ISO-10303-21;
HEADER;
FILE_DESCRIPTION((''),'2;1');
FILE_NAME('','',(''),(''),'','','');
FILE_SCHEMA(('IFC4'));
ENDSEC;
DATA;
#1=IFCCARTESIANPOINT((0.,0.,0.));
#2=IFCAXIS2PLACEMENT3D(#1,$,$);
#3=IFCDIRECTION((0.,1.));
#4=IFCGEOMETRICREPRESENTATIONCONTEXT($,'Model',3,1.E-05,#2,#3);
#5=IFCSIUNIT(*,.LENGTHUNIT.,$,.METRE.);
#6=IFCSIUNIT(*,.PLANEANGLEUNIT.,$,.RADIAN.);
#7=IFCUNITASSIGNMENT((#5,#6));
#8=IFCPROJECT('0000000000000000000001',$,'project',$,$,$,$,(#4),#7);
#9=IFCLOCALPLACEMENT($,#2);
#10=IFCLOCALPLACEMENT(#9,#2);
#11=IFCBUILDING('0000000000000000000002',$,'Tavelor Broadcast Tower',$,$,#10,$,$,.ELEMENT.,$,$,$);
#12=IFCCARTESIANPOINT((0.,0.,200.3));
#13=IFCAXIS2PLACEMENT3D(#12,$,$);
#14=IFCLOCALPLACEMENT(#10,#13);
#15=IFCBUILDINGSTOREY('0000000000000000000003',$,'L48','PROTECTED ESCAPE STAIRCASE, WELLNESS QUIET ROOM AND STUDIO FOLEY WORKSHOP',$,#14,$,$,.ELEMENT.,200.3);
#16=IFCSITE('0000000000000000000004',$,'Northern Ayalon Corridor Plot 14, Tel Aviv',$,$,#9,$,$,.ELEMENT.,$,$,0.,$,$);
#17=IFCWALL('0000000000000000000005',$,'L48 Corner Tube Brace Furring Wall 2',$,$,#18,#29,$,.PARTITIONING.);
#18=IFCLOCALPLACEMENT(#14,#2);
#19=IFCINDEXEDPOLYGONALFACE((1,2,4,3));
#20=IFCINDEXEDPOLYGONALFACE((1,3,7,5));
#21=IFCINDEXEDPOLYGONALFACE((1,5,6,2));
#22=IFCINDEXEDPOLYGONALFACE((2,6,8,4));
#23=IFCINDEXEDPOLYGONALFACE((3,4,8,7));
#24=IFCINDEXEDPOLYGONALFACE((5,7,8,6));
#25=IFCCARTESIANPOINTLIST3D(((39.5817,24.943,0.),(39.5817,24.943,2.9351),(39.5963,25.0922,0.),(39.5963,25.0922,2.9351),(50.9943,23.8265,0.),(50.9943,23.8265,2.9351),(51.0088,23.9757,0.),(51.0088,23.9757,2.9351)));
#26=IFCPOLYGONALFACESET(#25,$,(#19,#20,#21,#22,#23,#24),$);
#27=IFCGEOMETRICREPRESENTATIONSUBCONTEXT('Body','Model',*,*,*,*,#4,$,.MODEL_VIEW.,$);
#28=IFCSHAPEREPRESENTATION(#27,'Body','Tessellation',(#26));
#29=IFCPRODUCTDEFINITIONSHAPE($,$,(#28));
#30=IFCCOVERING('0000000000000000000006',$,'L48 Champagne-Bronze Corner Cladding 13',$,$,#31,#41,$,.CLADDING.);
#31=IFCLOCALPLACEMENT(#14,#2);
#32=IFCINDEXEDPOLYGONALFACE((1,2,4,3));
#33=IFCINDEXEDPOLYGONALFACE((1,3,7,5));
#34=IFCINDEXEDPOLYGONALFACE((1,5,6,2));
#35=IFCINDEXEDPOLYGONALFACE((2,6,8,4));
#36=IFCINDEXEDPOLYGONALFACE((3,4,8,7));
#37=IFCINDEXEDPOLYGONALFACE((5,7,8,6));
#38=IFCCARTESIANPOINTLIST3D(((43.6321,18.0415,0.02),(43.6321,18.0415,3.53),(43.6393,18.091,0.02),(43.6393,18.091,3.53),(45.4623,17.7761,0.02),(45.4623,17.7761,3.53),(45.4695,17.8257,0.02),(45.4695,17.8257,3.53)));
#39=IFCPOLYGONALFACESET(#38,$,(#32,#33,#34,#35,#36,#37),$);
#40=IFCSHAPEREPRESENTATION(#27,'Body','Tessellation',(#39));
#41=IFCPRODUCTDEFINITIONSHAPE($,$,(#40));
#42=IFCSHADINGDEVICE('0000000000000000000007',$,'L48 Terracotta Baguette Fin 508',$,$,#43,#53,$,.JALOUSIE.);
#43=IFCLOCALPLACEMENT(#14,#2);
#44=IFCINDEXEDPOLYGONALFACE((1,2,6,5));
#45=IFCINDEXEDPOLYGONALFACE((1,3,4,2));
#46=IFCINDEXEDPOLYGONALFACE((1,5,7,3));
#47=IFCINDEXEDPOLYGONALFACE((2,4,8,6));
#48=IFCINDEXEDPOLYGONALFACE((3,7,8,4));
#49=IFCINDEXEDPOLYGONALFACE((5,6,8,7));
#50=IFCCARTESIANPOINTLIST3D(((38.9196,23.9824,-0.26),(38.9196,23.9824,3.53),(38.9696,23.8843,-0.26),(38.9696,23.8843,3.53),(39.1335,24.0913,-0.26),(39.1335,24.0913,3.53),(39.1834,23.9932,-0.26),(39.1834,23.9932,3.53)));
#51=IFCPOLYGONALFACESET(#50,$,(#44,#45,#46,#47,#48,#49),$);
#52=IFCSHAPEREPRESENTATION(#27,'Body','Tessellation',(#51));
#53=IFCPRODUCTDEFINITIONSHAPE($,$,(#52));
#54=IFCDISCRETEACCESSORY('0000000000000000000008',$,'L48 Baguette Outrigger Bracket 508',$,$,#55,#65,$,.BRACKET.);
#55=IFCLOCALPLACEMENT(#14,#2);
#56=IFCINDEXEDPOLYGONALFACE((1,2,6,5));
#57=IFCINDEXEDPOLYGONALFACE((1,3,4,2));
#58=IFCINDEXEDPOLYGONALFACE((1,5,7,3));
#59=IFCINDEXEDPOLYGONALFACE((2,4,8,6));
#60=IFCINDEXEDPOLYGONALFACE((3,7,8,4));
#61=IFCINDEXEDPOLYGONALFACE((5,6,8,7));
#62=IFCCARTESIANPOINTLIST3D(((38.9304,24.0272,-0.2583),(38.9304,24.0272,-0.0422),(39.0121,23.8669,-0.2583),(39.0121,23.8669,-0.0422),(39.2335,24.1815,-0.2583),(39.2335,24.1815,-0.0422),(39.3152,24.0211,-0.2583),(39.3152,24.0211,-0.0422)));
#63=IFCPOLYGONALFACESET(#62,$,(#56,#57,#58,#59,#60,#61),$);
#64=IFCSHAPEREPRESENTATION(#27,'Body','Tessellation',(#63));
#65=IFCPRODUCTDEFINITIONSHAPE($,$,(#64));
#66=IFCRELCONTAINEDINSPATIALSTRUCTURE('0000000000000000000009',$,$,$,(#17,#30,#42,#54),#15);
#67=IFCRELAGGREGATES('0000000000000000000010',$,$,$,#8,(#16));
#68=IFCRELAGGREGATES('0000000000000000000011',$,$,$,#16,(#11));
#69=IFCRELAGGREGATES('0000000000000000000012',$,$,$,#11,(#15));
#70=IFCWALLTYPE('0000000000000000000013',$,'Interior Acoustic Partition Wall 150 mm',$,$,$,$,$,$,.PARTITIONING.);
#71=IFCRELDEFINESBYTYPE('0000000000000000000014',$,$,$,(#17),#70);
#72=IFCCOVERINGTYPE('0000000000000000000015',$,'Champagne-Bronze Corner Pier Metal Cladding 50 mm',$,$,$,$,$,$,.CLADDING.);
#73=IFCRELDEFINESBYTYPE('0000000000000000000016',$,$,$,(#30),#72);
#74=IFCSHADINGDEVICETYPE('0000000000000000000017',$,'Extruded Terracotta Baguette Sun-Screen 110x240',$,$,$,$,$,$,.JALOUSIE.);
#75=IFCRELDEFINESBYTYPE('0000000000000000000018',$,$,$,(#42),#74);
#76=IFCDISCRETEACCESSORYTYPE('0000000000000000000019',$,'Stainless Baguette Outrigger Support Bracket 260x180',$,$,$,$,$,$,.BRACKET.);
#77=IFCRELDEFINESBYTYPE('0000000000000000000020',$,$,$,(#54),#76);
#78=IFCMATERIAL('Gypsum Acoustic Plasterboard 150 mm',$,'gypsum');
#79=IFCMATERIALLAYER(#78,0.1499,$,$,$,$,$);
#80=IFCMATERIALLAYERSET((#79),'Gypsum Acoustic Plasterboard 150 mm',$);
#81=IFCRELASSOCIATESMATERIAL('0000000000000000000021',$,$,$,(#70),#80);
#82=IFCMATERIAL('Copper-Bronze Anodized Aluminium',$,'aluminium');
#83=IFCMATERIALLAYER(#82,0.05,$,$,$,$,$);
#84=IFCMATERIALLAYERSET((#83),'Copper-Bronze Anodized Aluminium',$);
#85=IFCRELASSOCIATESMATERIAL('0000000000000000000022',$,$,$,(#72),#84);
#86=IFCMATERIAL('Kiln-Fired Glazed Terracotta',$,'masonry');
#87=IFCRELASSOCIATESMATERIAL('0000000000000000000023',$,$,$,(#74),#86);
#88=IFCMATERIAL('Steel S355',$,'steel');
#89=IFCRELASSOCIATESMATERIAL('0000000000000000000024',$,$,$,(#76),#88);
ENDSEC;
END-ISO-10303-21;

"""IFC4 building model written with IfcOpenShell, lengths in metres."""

from ifc_helpers import new_model, si_unit, direction, frame, frame_2d, origin, origin_2d, place, context, subcontext, project, spatial, rectangle, extrude, source, transform, mapped, material, layer, layer_set, type_object, type_shapes, element, save


model = new_model("IFC4")

# Units and contexts
model_context = context("Model", 3, precision=1e-05, world=origin(), true_north=direction((0.0, 1.0)))
body_context = subcontext(model_context, "Body", "Model", "MODEL_VIEW")
ifc_project = project(units=[si_unit("LENGTHUNIT", "METRE"), si_unit("PLANEANGLEUNIT", "RADIAN")], contexts=[model_context])

# Site, building, storey
site_placement = place(None, origin())
site = spatial("IfcSite", under=ifc_project, at=site_placement, Name="Northern Ayalon Corridor Plot 14, Tel Aviv", CompositionType="ELEMENT", RefElevation=0.0)
building_placement = place(site_placement, origin())
building = spatial("IfcBuilding", under=site, at=building_placement, Name="Tavelor Broadcast Tower", CompositionType="ELEMENT")
storey_placement = place(building_placement, frame((0.0, 0.0, 200.3)))
storey = spatial("IfcBuildingStorey", under=building, at=storey_placement, Name="L48", Description="PROTECTED ESCAPE STAIRCASE, WELLNESS QUIET ROOM AND STUDIO FOLEY WORKSHOP", CompositionType="ELEMENT", Elevation=200.3)

# Shared definitions
ifc_material_1 = material(Name="Steel S355", Category="steel")

# Wall
ifc_material_2 = material(Name="Gypsum Acoustic Plasterboard 150 mm", Category="gypsum")
ifc_layer_1 = layer(ifc_material_2, 0.1499)
ifc_layer_set_1 = layer_set([ifc_layer_1], Name="Gypsum Acoustic Plasterboard 150 mm")
wall_type_1 = type_object("IfcWallType", Name="Interior Acoustic Partition Wall 150 mm", PredefinedType="PARTITIONING", material=ifc_layer_set_1)
wall_1_placement = place(storey_placement, frame((39.5891, 25.0176, 0.0), z_axis=(0.0, 0.0, 1.0), x_axis=(0.995249, -0.097362, 0.0)))
element("IfcWall", 1, at=wall_1_placement, inside=storey, type_object=wall_type_1, Name="L48 Corner Tube Brace Furring Wall 2", PredefinedType="PARTITIONING", context=body_context, shape_type="SweptSolid", body=[
    extrude(rectangle(XDim=11.467, YDim=0.1499, at=frame_2d((5.7334, 0.0))), origin(), (0.0, 0.0, 1.0), 2.9351),
])

# Covering
ifc_material_3 = material(Name="Copper-Bronze Anodized Aluminium", Category="aluminium")
ifc_layer_2 = layer(ifc_material_3, 0.05)
ifc_layer_set_2 = layer_set([ifc_layer_2], Name="Copper-Bronze Anodized Aluminium")
covering_type = type_object("IfcCoveringType", Name="Champagne-Bronze Corner Pier Metal Cladding 50 mm", PredefinedType="CLADDING", material=ifc_layer_set_2)
covering_placement = place(storey_placement, frame((44.5508, 17.9336, 0.02), z_axis=(0.0, 0.0, 1.0), x_axis=(0.989651, -0.143493, 0.0)))
element("IfcCovering", 2, at=covering_placement, inside=storey, type_object=covering_type, Name="L48 Champagne-Bronze Corner Cladding 13", PredefinedType="CLADDING", context=body_context, shape_type="SweptSolid", body=[
    extrude(rectangle(XDim=1.8494, YDim=0.05, at=origin_2d()), origin(), (0.0, 0.0, 1.0), 3.51),
])

# Shading device
ifc_material_4 = material(Name="Kiln-Fired Glazed Terracotta", Category="masonry")
shading_device_type = type_object("IfcShadingDeviceType", Name="Extruded Terracotta Baguette Sun-Screen 110x240", PredefinedType="JALOUSIE", material=ifc_material_4)
shared_shape_1 = source(origin(), body_context, "Body", "SweptSolid", [
    extrude(rectangle(XDim=0.1101, YDim=0.24, at=origin_2d()), origin(), (0.0, 0.0, 1.0), 3.79),
])
type_shapes(shading_device_type, [shared_shape_1])
shading_device_placement = place(storey_placement, frame((39.0515, 23.9878, -0.26), z_axis=(0.0, 0.0, 1.0), x_axis=(0.453679, -0.891165, 0.0)))
element("IfcShadingDevice", 3, at=shading_device_placement, inside=storey, type_object=shading_device_type, Name="L48 Terracotta Baguette Fin 508", PredefinedType="JALOUSIE", context=body_context, shape_type="MappedRepresentation", body=[
    mapped(shared_shape_1, transform((0.0, 0.0, 0.0), scale=1.0)),
])

# Discrete accessory
discrete_accessory_type = type_object("IfcDiscreteAccessoryType", Name="Stainless Baguette Outrigger Support Bracket 260x180", PredefinedType="BRACKET", material=ifc_material_1)
shared_shape_2 = source(origin(), body_context, "Body", "SweptSolid", [
    extrude(rectangle(XDim=0.1799, YDim=0.3401, at=origin_2d()), origin(), (0.0, 0.0, 1.0), 0.2161),
])
type_shapes(discrete_accessory_type, [shared_shape_2])
discrete_accessory_placement = place(storey_placement, frame((39.1228, 24.0242, -0.2583), z_axis=(0.0, 0.0, 1.0), x_axis=(0.453679, -0.891165, 0.0)))
element("IfcDiscreteAccessory", 4, at=discrete_accessory_placement, inside=storey, type_object=discrete_accessory_type, Name="L48 Baguette Outrigger Bracket 508", PredefinedType="BRACKET", context=body_context, shape_type="MappedRepresentation", body=[
    mapped(shared_shape_2, transform((0.0, 0.0, 0.0), scale=1.0)),
])

save(model, "model.ifc")
